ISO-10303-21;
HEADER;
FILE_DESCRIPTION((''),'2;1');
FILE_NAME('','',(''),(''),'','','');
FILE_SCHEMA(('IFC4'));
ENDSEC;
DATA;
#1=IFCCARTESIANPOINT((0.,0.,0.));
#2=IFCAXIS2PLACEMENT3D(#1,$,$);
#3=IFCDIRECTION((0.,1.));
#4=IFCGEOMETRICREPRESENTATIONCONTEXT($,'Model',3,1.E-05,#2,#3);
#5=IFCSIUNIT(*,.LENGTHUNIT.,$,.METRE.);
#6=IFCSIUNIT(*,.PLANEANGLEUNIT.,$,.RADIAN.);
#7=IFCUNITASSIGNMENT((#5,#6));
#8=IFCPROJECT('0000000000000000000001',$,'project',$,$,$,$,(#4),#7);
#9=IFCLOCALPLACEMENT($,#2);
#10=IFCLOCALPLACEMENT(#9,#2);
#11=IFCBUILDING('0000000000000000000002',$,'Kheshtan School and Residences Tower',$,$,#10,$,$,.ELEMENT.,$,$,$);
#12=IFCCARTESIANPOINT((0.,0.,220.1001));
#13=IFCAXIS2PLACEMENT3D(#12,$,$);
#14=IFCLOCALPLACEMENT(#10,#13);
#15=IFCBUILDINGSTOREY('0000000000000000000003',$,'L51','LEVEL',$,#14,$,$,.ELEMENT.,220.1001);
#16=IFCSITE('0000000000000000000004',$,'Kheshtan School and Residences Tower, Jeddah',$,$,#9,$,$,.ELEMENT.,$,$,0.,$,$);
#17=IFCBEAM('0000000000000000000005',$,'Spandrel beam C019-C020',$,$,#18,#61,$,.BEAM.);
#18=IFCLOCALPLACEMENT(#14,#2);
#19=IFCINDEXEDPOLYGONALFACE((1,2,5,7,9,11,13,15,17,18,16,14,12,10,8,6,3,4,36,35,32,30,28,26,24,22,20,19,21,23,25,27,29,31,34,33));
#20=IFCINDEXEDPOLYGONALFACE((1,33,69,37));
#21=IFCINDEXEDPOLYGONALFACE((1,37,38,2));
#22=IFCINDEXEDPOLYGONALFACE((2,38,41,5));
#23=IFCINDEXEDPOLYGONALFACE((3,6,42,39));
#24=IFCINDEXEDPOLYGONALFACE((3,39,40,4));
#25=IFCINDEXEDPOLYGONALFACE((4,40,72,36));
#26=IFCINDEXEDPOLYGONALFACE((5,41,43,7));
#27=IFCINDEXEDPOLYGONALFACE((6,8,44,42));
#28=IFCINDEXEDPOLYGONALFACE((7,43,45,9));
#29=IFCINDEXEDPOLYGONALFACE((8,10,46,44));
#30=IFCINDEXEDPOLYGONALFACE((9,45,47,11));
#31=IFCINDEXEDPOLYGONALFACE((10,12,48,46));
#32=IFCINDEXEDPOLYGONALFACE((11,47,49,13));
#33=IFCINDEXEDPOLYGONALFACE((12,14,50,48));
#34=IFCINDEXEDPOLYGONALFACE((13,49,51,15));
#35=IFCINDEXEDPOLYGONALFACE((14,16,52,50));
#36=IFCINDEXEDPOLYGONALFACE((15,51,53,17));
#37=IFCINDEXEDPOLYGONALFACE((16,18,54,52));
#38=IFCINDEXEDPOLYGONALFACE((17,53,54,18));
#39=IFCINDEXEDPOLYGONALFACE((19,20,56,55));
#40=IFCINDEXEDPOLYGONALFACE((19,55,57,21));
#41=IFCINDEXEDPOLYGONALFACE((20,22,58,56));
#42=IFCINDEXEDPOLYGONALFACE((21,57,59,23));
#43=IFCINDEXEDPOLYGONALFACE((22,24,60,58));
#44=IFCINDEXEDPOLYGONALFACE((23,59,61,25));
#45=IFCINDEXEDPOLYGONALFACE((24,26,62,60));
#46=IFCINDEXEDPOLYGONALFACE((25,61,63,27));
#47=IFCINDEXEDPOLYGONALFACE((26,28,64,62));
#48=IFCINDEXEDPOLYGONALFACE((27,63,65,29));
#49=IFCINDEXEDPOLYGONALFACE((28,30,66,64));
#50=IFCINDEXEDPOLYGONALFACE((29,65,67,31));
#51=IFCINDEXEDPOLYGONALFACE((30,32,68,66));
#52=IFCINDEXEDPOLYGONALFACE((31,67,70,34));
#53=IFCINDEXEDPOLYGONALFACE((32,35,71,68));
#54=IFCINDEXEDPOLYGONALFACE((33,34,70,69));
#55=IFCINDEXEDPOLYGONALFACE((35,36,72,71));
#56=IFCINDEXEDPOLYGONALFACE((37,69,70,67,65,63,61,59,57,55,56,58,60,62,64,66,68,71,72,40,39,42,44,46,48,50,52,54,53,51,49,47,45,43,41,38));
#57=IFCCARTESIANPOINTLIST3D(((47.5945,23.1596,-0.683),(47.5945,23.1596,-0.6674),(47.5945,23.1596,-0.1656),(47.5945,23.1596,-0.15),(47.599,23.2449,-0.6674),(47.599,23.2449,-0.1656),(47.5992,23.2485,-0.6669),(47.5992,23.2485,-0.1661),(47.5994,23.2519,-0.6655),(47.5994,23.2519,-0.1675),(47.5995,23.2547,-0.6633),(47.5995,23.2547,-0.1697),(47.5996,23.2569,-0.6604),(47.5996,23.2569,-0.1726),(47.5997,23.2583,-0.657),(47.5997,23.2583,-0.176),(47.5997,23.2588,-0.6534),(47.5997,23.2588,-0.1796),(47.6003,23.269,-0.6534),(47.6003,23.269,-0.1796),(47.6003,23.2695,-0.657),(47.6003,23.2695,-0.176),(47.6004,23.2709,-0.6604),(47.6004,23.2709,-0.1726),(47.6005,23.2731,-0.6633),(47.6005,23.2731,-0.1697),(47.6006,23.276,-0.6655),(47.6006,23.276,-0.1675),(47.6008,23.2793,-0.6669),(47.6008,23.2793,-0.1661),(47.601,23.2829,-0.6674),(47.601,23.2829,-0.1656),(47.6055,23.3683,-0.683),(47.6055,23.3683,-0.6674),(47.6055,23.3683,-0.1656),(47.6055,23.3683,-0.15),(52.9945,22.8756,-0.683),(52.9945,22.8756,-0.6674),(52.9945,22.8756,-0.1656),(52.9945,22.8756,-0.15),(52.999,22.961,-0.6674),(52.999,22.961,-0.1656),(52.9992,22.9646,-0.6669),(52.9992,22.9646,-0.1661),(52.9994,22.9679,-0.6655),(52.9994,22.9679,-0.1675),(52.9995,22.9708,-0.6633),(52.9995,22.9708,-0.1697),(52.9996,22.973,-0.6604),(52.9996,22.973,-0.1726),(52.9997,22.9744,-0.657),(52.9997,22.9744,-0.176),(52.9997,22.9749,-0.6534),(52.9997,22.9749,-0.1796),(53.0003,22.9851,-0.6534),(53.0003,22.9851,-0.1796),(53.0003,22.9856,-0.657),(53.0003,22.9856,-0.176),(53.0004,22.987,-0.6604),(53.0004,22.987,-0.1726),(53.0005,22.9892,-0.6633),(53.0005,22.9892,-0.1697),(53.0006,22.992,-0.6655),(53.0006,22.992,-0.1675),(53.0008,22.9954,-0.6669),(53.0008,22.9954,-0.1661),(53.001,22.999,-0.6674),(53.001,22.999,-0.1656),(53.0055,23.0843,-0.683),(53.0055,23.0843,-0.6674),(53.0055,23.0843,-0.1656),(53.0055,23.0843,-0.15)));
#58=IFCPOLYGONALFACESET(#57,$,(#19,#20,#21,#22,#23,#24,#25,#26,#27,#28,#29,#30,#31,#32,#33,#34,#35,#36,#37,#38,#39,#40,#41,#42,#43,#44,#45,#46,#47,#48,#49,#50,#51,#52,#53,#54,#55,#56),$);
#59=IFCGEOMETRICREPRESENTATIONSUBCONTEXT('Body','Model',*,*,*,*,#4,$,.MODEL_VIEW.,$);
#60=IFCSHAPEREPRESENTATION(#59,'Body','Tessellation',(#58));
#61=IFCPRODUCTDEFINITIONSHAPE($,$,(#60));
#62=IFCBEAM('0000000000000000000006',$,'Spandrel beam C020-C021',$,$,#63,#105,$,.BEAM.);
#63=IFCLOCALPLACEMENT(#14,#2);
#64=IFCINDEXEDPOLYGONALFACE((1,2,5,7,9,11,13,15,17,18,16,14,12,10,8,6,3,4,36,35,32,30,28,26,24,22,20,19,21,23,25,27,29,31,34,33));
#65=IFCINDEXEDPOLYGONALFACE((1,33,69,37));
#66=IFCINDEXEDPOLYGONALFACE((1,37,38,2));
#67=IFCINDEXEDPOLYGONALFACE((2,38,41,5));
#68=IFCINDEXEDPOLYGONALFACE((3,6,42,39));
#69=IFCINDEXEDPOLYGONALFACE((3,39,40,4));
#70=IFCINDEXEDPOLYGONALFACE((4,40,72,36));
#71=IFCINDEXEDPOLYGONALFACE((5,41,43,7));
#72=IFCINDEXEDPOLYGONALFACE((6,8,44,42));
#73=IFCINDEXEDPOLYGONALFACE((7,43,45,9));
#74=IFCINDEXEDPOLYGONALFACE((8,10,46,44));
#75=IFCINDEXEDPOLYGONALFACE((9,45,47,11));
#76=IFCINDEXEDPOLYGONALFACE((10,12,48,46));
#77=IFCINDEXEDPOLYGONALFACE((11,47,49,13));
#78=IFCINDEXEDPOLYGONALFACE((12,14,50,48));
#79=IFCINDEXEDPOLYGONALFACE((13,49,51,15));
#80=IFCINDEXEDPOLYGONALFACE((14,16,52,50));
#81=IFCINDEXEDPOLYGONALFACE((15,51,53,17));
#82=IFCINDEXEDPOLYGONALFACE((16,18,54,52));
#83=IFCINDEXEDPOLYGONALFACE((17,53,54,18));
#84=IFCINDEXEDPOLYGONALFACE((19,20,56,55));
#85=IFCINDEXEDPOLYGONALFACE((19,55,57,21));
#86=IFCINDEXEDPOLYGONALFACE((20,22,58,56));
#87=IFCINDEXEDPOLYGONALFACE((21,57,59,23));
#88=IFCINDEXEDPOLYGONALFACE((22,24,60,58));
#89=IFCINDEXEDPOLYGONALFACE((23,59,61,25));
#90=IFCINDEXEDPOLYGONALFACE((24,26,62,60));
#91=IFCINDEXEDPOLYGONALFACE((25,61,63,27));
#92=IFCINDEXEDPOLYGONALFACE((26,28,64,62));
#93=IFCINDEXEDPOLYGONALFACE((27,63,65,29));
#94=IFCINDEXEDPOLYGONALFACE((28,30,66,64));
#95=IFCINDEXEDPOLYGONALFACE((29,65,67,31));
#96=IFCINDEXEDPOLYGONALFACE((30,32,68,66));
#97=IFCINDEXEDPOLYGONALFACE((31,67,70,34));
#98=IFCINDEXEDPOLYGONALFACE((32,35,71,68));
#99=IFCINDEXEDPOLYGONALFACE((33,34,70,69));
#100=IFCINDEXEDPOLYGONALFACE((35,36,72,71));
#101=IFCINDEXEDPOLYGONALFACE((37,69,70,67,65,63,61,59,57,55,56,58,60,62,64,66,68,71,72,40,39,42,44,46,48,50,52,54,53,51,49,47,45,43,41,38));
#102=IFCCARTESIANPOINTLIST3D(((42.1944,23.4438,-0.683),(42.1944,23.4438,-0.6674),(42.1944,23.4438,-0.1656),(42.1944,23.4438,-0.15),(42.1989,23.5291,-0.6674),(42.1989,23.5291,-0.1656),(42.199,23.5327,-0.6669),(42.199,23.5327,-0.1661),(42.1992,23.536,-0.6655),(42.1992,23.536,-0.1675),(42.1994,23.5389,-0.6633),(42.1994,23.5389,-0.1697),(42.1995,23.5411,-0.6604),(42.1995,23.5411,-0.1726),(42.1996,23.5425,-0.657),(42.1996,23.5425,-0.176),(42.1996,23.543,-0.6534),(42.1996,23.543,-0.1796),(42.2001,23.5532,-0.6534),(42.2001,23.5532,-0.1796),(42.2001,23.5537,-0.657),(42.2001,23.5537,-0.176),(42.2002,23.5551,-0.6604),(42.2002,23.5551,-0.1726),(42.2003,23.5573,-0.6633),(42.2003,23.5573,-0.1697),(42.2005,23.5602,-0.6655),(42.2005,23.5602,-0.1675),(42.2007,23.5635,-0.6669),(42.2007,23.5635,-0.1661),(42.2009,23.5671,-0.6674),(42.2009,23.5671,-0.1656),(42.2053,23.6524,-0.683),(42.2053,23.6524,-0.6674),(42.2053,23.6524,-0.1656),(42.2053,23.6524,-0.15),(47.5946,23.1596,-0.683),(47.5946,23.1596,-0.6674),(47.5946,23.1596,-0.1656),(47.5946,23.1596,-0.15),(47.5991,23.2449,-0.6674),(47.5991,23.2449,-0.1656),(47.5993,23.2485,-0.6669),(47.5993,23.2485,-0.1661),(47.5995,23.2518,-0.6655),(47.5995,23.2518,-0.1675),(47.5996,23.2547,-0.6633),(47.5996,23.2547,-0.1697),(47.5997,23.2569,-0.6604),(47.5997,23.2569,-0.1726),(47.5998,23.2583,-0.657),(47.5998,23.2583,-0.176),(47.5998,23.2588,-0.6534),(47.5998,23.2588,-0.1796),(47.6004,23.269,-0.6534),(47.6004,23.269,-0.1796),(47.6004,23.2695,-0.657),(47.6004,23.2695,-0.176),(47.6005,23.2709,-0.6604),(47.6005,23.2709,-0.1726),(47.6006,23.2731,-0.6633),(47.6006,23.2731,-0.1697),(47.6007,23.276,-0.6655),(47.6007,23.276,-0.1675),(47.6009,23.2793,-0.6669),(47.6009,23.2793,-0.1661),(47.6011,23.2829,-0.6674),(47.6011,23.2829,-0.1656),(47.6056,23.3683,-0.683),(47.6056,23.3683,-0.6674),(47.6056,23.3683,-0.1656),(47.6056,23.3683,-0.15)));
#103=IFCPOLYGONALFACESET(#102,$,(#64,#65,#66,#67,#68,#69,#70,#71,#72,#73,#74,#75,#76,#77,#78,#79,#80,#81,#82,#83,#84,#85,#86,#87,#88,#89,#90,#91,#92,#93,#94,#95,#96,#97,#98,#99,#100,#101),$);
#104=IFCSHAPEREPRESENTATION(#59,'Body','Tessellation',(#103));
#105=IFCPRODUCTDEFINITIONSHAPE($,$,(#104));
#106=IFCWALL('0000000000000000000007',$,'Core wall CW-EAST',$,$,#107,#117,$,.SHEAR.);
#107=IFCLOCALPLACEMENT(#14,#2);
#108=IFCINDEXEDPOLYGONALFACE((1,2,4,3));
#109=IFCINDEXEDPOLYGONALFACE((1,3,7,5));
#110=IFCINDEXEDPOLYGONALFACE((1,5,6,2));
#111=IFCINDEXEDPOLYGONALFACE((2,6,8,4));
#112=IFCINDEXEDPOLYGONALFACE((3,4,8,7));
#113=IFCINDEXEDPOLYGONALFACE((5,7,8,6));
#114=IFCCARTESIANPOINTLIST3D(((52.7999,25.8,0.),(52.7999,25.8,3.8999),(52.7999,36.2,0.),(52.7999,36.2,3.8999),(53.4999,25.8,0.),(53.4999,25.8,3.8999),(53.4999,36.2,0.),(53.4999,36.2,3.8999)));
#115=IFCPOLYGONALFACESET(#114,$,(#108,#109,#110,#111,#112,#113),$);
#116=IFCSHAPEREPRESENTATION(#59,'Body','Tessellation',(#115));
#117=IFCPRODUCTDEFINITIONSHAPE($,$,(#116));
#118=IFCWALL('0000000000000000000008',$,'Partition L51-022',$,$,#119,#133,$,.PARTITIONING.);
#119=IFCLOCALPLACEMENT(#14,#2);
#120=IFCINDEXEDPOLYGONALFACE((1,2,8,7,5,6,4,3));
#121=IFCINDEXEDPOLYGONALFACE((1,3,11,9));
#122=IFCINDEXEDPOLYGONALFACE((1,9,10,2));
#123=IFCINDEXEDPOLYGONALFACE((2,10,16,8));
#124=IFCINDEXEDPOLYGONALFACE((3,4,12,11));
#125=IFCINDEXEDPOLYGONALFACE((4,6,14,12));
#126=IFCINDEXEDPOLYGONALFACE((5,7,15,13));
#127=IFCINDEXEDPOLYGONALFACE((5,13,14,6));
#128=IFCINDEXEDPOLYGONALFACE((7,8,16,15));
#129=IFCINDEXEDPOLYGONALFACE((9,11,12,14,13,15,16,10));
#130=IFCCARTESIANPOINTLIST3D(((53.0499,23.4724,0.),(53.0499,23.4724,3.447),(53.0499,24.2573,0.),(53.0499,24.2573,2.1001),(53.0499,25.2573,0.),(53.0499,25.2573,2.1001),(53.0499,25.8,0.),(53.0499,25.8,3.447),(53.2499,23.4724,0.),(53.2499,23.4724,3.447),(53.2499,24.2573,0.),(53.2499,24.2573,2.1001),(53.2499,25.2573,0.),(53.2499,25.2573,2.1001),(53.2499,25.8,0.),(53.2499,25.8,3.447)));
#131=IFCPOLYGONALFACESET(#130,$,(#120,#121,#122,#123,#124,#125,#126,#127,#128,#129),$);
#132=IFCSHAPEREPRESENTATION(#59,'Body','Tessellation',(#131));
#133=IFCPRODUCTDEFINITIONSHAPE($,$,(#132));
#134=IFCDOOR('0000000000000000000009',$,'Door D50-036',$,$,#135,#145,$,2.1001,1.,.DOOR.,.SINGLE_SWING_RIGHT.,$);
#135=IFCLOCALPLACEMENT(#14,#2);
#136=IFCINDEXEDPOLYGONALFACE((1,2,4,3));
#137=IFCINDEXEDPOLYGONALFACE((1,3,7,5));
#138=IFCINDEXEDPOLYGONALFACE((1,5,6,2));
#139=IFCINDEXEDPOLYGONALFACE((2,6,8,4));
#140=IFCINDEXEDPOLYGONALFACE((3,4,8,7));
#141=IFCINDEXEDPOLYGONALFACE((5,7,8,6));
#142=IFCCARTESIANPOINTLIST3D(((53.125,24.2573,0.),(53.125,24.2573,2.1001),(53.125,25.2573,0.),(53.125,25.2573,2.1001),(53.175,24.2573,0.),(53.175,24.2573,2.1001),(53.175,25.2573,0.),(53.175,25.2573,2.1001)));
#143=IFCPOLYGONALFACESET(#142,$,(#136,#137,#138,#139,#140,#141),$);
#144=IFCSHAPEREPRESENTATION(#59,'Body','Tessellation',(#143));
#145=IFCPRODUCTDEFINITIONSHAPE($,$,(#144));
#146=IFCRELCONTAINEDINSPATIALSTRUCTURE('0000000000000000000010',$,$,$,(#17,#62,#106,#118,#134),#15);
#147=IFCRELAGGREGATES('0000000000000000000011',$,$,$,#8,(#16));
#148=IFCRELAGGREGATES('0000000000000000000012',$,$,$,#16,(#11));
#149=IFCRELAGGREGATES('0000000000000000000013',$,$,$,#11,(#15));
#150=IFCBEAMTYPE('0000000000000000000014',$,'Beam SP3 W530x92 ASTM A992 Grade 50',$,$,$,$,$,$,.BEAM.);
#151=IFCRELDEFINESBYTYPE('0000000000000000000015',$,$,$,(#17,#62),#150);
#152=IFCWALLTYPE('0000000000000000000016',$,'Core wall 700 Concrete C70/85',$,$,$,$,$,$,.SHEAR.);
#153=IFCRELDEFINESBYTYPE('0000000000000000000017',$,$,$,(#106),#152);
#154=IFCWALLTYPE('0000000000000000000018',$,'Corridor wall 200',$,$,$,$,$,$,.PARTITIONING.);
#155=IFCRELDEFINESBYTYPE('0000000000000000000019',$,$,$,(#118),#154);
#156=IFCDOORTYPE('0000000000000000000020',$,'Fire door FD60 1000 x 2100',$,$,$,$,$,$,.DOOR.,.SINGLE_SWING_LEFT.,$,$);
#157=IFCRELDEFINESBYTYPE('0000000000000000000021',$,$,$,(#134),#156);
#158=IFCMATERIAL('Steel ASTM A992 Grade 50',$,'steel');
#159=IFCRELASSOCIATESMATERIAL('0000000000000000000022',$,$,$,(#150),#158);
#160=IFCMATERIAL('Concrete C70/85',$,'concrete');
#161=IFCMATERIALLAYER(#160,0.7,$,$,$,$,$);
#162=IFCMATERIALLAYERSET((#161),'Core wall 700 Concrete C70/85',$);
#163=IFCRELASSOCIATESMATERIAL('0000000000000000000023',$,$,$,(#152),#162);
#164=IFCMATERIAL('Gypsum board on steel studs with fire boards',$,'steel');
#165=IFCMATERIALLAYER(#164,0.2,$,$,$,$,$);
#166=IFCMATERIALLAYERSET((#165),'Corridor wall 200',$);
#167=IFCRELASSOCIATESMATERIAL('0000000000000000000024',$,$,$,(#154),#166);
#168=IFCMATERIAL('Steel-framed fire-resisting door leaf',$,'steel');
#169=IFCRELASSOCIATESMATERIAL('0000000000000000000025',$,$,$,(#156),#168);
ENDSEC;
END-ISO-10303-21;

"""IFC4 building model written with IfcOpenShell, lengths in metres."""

from ifc_helpers import new_model, si_unit, direction, frame, frame_2d, origin, origin_2d, place, context, subcontext, project, spatial, rectangle, i_section, extrude, source, transform, mapped, material, layer, layer_set, material_profile, profile_set, type_object, element, fill, save


model = new_model("IFC4")

# Units and contexts
model_context = context("Model", 3, precision=1e-05, world=origin(), true_north=direction((0.0, 1.0)))
body_context = subcontext(model_context, "Body", "Model", "MODEL_VIEW")
ifc_project = project(units=[si_unit("LENGTHUNIT", "METRE"), si_unit("PLANEANGLEUNIT", "RADIAN")], contexts=[model_context])

# Site, building, storey
site_placement = place(None, origin())
site = spatial("IfcSite", under=ifc_project, at=site_placement, Name="Kheshtan School and Residences Tower, Jeddah", CompositionType="ELEMENT", RefElevation=0.0)
building_placement = place(site_placement, origin())
building = spatial("IfcBuilding", under=site, at=building_placement, Name="Kheshtan School and Residences Tower", CompositionType="ELEMENT")
storey_placement = place(building_placement, frame((0.0, 0.0, 220.1001)))
storey = spatial("IfcBuildingStorey", under=building, at=storey_placement, Name="L51", Description="LEVEL", CompositionType="ELEMENT", Elevation=220.1001)

# Shared definitions
ifc_material_1 = material(Name="Steel ASTM A992 Grade 50", Category="steel")

# Beams
ifc_material_profile_1 = material_profile(ifc_material_1, i_section(OverallWidth=0.209, OverallDepth=0.533, WebThickness=0.0103, FlangeThickness=0.0156, FilletRadius=0.0139, at=origin_2d()), Name="W530x92")
ifc_profile_set_1 = profile_set([ifc_material_profile_1], Name="Steel ASTM A992 Grade 50")
beam_type_1 = type_object("IfcBeamType", Name="Beam SP3 W530x92 ASTM A992 Grade 50", PredefinedType="BEAM", material=ifc_profile_set_1)
for number, where, z_axis, x_axis, name in (
    (1, (53.0, 22.98, -0.4165), (-0.99862, 0.052509, 0.0), (-0.052509, -0.99862, 0.0), "Spandrel beam C019-C020"),
):
    element("IfcBeam", number, at=place(storey_placement, frame(where, z_axis=z_axis, x_axis=x_axis)), inside=storey, type_object=beam_type_1, Name=name, PredefinedType="BEAM", context=body_context, shape_type="SweptSolid", body=[
        extrude(i_section(OverallWidth=0.209, OverallDepth=0.533, WebThickness=0.0103, FlangeThickness=0.0156, FilletRadius=0.0139, at=origin_2d()), origin(), (0.0, 0.0, 1.0), 5.4075),
    ])
beam_1_placement = place(storey_placement, frame((47.6001, 23.2639, -0.4165), z_axis=(-0.998618, 0.052552, 0.0), x_axis=(-0.052552, -0.998618, 0.0)))
element("IfcBeam", 2, at=beam_1_placement, inside=storey, type_object=beam_type_1, Name="Spandrel beam C020-C021", PredefinedType="BEAM", context=body_context, shape_type="SweptSolid", body=[
    extrude(i_section(OverallWidth=0.209, OverallDepth=0.533, WebThickness=0.0103, FlangeThickness=0.0156, FilletRadius=0.0139, at=origin_2d()), origin(), (0.0, 0.0, 1.0), 5.4077),
])

# Wall
ifc_material_2 = material(Name="Concrete C70/85", Category="concrete")
ifc_layer_1 = layer(ifc_material_2, 0.7)
ifc_layer_set_1 = layer_set([ifc_layer_1], Name="Core wall 700 Concrete C70/85")
wall_type_1 = type_object("IfcWallType", Name="Core wall 700 Concrete C70/85", PredefinedType="SHEAR", material=ifc_layer_set_1)
wall_1_placement = place(storey_placement, frame((53.1499, 25.8, 0.0), z_axis=(0.0, 0.0, 1.0), x_axis=(0.0, 1.0, 0.0)))
element("IfcWall", 3, at=wall_1_placement, inside=storey, type_object=wall_type_1, Name="Core wall CW-EAST", PredefinedType="SHEAR", context=body_context, shape_type="SweptSolid", body=[
    extrude(rectangle(XDim=10.3999, YDim=0.7, at=frame_2d((5.2, 0.0))), origin(), (0.0, 0.0, 1.0), 3.8999),
])

# Wall, opening, door
ifc_material_3 = material(Name="Gypsum board on steel studs with fire boards", Category="steel")
ifc_layer_2 = layer(ifc_material_3, 0.2)
ifc_layer_set_2 = layer_set([ifc_layer_2], Name="Corridor wall 200")
wall_type_2 = type_object("IfcWallType", Name="Corridor wall 200", PredefinedType="PARTITIONING", material=ifc_layer_set_2)
wall_2_placement = place(storey_placement, frame((53.1499, 23.4724, 0.0), z_axis=(0.0, 0.0, 1.0), x_axis=(0.0, 1.0, 0.0)))
wall_2 = element("IfcWall", 4, at=wall_2_placement, inside=storey, type_object=wall_type_2, Name="Partition L51-022", PredefinedType="PARTITIONING", context=body_context, shape_type="SweptSolid", body=[
    extrude(rectangle(XDim=2.3276, YDim=0.2, at=frame_2d((1.1638, 0.0))), origin(), (0.0, 0.0, 1.0), 3.447),
])
opening_1_placement = place(wall_2_placement, frame((0.7849, 0.0, 0.0)))
opening_1 = element("IfcOpeningElement", 5, at=opening_1_placement, cuts=wall_2, PredefinedType="OPENING", context=body_context, shape_type="SweptSolid", body=[
    extrude(rectangle(XDim=1.0, YDim=2.1001, at=frame_2d((0.5, 1.05))), frame((0.0, 0.1099, 0.0), z_axis=(0.0, -1.0, 0.0), x_axis=(1.0, 0.0, 0.0)), (0.0, 0.0, 1.0), 0.22),
])
ifc_material_4 = material(Name="Steel-framed fire-resisting door leaf", Category="steel")
door_type_1 = type_object("IfcDoorType", Name="Fire door FD60 1000 x 2100", OperationType="SINGLE_SWING_LEFT", PredefinedType="DOOR", material=ifc_material_4)
shared_shape_1 = source(origin(), body_context, "Body", "SweptSolid", [
    extrude(rectangle(XDim=1.0, YDim=2.1001, at=frame_2d((0.5, 1.05))), frame((0.0, 0.0249, 0.0), z_axis=(0.0, -1.0, 0.0), x_axis=(1.0, 0.0, 0.0)), (0.0, 0.0, 1.0), 0.05),
])
door_1_placement = place(opening_1_placement, origin())
door_1 = element("IfcDoor", 6, at=door_1_placement, inside=storey, type_object=door_type_1, Name="Door D50-036", OperationType="SINGLE_SWING_RIGHT", OverallHeight=2.1001, OverallWidth=1.0, PredefinedType="DOOR", context=body_context, shape_type="MappedRepresentation", body=[
    mapped(shared_shape_1, transform((0.0, 0.0, 0.0), x_axis=(1.0, 0.0, 0.0), y_axis=(0.0, 1.0, 0.0), z_axis=(0.0, 0.0, 1.0), scale=1.0)),
])
fill(opening_1, door_1)

save(model, "model.ifc")
